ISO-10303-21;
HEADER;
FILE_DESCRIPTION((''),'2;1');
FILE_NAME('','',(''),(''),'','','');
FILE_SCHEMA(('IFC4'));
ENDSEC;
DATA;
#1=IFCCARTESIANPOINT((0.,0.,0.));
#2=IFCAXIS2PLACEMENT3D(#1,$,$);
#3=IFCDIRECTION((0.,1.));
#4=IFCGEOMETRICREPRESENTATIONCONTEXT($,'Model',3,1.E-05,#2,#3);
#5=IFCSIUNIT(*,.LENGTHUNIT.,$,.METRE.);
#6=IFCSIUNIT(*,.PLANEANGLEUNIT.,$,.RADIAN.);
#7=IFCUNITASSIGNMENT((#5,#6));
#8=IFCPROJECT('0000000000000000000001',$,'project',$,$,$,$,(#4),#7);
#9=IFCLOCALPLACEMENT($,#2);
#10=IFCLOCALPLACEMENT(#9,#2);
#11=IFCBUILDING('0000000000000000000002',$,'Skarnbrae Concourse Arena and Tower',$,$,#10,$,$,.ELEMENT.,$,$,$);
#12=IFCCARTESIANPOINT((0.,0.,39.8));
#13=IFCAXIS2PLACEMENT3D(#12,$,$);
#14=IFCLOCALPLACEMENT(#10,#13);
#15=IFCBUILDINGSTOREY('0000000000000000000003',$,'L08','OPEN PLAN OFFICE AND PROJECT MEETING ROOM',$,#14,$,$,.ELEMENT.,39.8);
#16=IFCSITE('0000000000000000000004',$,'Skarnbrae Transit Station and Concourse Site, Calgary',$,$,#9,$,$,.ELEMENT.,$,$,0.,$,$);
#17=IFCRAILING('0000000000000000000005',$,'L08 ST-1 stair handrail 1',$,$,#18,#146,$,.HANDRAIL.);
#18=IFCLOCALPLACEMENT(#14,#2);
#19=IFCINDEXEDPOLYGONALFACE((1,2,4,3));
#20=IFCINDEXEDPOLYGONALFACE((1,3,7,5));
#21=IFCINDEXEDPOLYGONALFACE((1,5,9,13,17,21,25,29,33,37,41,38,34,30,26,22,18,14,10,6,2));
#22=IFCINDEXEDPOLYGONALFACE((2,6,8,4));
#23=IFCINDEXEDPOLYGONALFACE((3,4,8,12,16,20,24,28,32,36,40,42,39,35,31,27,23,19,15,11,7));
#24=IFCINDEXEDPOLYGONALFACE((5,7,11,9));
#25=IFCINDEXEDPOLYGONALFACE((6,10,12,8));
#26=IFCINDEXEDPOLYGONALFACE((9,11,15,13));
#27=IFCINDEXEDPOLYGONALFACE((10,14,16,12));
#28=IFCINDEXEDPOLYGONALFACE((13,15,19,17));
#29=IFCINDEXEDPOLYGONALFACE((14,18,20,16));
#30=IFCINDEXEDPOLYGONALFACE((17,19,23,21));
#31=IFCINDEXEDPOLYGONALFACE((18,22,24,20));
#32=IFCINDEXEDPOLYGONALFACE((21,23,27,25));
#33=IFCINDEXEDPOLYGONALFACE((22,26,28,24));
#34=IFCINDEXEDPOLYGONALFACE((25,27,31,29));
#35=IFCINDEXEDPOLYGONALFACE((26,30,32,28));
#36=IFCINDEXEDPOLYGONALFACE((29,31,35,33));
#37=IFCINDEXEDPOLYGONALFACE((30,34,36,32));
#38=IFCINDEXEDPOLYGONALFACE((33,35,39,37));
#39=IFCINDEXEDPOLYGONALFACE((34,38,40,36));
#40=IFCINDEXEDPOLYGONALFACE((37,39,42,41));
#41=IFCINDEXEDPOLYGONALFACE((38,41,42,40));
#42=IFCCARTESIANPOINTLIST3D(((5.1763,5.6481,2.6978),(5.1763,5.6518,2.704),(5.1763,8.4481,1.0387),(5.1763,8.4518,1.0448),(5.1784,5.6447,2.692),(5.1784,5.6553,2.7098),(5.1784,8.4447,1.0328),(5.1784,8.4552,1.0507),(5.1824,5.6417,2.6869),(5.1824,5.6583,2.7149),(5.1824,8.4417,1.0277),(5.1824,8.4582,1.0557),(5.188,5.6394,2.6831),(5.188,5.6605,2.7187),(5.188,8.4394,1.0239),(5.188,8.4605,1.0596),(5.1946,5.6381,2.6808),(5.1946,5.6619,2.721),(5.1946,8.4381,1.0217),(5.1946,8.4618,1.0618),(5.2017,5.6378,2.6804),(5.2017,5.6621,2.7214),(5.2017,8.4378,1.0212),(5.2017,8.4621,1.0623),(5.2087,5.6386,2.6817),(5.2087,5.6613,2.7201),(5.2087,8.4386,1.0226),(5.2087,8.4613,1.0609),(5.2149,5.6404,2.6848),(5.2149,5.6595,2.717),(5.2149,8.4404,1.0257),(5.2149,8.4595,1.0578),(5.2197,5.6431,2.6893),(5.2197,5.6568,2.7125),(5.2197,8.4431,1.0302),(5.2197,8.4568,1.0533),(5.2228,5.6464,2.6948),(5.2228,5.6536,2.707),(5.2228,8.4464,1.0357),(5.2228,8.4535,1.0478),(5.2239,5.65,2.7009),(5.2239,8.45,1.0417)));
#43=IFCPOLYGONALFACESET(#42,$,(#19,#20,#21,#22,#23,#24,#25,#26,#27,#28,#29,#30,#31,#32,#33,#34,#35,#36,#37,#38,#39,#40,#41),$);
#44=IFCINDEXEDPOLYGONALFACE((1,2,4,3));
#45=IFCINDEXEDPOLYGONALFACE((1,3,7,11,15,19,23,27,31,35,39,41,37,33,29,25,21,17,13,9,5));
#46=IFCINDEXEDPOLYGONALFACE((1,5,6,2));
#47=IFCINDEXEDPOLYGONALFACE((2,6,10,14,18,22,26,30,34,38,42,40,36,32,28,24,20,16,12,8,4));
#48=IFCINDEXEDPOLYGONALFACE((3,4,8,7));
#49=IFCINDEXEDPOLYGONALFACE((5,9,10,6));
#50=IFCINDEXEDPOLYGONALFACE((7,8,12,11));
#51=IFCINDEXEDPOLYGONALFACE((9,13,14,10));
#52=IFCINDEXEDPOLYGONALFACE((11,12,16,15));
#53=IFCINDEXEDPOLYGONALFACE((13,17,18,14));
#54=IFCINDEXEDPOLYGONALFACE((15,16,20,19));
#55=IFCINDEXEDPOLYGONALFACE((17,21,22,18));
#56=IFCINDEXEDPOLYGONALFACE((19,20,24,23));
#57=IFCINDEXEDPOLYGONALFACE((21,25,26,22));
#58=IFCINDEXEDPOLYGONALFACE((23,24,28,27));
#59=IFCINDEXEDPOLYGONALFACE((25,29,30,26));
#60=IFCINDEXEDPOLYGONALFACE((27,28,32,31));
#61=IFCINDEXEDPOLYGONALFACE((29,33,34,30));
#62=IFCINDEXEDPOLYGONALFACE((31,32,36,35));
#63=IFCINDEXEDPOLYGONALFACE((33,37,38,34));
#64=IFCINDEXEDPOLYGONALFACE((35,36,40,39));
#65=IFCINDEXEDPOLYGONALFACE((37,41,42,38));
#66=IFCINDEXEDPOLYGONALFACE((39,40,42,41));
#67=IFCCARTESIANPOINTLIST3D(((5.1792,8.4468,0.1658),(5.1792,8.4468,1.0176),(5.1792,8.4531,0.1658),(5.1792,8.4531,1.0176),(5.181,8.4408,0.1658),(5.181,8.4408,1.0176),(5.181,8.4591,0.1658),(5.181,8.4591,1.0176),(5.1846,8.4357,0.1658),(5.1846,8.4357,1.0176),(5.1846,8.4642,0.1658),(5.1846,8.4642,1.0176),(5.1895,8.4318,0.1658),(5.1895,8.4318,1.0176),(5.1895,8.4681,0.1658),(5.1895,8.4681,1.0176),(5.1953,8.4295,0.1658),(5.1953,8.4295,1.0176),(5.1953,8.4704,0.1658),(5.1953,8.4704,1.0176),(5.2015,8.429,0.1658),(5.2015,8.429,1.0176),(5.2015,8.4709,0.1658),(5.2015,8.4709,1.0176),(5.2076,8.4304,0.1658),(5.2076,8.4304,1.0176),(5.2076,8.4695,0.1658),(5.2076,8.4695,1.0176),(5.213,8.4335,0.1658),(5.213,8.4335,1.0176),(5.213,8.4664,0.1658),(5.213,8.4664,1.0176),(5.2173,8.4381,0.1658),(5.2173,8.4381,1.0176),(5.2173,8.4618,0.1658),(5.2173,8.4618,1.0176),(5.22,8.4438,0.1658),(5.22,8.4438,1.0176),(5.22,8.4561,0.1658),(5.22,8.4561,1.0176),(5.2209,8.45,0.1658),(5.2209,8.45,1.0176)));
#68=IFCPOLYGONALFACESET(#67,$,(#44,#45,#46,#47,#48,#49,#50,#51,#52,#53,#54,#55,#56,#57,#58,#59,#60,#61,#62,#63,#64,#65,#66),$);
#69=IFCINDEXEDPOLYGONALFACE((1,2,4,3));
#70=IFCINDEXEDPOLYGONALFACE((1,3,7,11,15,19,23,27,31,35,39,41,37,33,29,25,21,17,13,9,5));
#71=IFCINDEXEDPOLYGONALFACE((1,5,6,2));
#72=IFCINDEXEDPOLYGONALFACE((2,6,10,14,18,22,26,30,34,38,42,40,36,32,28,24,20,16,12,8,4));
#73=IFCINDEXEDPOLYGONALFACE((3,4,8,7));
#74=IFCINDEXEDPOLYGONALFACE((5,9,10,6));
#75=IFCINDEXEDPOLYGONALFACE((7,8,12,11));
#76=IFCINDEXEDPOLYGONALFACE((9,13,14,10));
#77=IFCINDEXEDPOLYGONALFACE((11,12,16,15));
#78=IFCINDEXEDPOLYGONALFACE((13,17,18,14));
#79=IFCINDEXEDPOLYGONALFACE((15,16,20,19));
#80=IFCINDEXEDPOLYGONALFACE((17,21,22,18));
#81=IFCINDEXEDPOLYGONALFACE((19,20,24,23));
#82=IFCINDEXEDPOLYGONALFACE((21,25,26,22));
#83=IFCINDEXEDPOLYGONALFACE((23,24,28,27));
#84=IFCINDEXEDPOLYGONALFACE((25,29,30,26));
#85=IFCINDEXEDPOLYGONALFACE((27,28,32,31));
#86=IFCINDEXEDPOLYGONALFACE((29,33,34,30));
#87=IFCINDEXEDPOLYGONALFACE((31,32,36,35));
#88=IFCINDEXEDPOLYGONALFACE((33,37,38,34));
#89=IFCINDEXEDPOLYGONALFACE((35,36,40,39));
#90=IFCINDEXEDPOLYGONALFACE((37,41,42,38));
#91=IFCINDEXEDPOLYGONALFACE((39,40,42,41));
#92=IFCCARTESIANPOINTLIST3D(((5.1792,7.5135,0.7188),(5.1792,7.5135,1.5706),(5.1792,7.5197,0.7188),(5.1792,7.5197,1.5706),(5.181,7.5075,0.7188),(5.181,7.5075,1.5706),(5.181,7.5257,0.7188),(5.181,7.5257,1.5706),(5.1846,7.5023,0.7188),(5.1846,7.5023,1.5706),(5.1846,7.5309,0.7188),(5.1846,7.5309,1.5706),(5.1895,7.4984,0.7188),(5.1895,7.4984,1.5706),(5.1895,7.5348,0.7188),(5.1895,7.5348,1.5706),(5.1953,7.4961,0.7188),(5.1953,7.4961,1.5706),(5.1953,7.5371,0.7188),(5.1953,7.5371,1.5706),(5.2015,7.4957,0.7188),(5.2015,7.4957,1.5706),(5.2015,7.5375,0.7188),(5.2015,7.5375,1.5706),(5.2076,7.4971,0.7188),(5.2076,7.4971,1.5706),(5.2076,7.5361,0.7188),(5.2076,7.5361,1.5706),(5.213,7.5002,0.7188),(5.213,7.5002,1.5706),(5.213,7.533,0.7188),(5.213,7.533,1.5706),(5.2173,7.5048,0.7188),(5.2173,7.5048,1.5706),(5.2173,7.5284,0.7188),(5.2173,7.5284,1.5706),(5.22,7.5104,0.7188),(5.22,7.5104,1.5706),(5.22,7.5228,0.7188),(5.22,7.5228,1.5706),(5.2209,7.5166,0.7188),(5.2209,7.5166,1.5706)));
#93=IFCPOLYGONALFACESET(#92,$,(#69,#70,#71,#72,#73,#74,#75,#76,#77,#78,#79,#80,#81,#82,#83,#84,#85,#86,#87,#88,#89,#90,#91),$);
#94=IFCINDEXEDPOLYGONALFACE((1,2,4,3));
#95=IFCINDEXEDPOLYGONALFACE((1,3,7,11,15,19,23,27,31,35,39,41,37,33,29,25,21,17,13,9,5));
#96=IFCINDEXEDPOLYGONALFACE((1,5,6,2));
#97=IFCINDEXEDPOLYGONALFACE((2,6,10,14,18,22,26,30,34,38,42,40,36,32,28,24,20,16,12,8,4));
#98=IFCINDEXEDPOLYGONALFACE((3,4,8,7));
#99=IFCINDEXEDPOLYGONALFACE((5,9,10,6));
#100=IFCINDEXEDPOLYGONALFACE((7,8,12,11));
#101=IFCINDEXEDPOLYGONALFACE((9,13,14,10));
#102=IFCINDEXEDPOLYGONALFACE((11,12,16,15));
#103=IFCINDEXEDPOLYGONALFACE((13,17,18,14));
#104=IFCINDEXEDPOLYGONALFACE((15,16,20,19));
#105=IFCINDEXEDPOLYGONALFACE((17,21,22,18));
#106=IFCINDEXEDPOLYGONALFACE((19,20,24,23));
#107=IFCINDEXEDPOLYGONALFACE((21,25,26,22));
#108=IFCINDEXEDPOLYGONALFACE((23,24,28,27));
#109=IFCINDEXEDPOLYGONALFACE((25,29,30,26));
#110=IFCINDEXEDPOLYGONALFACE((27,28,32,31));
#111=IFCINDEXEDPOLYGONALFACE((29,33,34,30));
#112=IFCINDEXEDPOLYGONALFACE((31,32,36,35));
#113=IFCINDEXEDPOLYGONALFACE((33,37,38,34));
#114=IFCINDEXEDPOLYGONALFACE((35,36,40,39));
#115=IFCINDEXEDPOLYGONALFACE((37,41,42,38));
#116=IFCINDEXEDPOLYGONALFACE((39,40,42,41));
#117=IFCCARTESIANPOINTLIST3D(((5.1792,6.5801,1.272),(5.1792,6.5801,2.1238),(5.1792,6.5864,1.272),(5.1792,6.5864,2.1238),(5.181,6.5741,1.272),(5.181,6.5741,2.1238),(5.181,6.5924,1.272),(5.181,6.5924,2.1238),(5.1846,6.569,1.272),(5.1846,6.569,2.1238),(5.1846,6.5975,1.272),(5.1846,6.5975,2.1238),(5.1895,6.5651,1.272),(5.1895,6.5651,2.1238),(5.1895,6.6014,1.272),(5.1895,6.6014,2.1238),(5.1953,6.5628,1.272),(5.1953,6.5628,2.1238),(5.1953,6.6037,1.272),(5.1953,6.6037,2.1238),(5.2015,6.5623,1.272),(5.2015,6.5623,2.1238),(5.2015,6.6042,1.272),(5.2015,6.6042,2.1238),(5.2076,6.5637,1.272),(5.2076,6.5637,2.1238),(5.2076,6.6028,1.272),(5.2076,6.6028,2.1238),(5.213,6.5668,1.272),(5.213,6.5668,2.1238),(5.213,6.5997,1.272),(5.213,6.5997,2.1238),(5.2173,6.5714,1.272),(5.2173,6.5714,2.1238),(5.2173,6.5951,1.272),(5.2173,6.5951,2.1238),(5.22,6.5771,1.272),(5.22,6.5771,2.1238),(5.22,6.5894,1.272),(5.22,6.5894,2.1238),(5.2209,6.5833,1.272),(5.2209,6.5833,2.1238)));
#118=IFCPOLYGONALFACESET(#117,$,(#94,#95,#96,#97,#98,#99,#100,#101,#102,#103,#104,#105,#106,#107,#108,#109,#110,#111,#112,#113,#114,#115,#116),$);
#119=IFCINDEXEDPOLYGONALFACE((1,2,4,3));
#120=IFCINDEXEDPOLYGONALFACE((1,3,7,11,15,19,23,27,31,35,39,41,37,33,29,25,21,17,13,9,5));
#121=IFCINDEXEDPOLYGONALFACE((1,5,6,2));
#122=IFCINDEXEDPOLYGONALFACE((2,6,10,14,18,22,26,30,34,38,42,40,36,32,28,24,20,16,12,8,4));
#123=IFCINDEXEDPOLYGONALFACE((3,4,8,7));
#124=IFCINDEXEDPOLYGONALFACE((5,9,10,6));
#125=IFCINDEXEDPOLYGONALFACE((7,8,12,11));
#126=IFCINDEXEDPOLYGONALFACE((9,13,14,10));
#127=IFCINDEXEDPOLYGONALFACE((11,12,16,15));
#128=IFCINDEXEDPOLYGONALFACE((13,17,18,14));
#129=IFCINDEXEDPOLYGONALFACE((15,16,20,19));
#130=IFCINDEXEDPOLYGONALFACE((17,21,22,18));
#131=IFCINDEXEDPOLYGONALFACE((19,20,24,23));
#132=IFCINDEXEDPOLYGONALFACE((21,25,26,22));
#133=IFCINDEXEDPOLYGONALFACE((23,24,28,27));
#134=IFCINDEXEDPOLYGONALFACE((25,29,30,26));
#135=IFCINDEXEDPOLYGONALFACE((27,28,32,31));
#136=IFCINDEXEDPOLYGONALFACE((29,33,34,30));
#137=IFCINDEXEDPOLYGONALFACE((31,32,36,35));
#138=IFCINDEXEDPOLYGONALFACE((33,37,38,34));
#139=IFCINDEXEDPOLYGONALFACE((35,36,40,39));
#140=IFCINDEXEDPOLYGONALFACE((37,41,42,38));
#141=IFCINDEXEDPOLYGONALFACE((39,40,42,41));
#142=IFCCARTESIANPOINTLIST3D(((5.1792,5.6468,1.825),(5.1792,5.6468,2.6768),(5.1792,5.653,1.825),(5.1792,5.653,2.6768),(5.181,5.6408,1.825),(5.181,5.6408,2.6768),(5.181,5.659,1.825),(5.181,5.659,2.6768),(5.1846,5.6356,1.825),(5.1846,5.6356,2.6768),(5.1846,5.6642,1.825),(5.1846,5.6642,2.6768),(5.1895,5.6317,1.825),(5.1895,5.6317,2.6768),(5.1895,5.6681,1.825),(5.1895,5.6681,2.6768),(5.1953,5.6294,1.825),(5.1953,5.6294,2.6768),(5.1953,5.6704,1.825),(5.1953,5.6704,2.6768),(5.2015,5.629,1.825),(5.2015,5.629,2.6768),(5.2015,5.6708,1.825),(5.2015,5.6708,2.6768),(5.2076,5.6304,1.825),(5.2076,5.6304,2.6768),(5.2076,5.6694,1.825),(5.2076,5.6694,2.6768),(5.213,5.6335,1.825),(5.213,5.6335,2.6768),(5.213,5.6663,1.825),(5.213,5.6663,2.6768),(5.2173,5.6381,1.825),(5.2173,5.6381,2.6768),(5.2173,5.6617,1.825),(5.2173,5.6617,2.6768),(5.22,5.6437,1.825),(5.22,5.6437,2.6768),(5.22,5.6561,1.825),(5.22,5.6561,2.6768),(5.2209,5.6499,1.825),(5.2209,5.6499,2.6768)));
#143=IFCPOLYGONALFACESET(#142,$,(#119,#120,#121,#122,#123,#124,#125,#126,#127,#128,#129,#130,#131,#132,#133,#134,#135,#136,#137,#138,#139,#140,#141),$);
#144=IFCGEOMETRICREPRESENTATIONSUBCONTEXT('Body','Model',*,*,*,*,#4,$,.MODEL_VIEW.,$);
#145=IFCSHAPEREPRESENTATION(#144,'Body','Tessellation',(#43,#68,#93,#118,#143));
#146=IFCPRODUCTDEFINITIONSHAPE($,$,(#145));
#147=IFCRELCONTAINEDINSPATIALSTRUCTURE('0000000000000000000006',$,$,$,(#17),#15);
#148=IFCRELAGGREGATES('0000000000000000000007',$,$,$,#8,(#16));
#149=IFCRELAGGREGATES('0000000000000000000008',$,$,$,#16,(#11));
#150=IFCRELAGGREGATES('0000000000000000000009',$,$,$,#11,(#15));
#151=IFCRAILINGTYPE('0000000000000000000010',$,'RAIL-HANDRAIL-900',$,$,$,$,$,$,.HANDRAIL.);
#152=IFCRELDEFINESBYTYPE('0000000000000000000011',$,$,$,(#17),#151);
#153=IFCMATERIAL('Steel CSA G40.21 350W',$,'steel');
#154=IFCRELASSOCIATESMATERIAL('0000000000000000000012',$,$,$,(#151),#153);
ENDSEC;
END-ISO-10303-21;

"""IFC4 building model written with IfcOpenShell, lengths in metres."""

from ifc_helpers import new_model, si_unit, direction, frame, origin, origin_2d, place, context, subcontext, project, spatial, circle, extrude, material, type_object, element, save


model = new_model("IFC4")

# Units and contexts
model_context = context("Model", 3, precision=1e-05, world=origin(), true_north=direction((0.0, 1.0)))
body_context = subcontext(model_context, "Body", "Model", "MODEL_VIEW")
ifc_project = project(units=[si_unit("LENGTHUNIT", "METRE"), si_unit("PLANEANGLEUNIT", "RADIAN")], contexts=[model_context])

# Site, building, storey
site_placement = place(None, origin())
site = spatial("IfcSite", under=ifc_project, at=site_placement, Name="Skarnbrae Transit Station and Concourse Site, Calgary", CompositionType="ELEMENT", RefElevation=0.0)
building_placement = place(site_placement, origin())
building = spatial("IfcBuilding", under=site, at=building_placement, Name="Skarnbrae Concourse Arena and Tower", CompositionType="ELEMENT")
storey_placement = place(building_placement, frame((0.0, 0.0, 39.8)))
storey = spatial("IfcBuildingStorey", under=building, at=storey_placement, Name="L08", Description="OPEN PLAN OFFICE AND PROJECT MEETING ROOM", CompositionType="ELEMENT", Elevation=39.8)

# Shared definitions
ifc_material_1 = material(Name="Steel CSA G40.21 350W", Category="steel")

# Railing
railing_type_1 = type_object("IfcRailingType", Name="RAIL-HANDRAIL-900", PredefinedType="HANDRAIL", material=ifc_material_1)
railing_1_placement = place(storey_placement, frame((5.2, 8.45, 0.1658)))
element("IfcRailing", 1, at=railing_1_placement, inside=storey, type_object=railing_type_1, Name="L08 ST-1 stair handrail 1", PredefinedType="HANDRAIL", context=body_context, shape_type="SweptSolid", body=[
    extrude(circle(Radius=0.0239, at=origin_2d()), frame((0.0, 0.0, 0.876), z_axis=(0.0, -0.860306, 0.509778), x_axis=(1.0, 0.0, 0.0)), (0.0, 0.0, 1.0), 3.2546),
    extrude(circle(Radius=0.021, at=origin_2d()), origin(), (0.0, 0.0, 1.0), 0.8518),
    extrude(circle(Radius=0.021, at=origin_2d()), frame((0.0, -0.9333, 0.553)), (0.0, 0.0, 1.0), 0.8518),
    extrude(circle(Radius=0.021, at=origin_2d()), frame((0.0, -1.8667, 1.1062)), (0.0, 0.0, 1.0), 0.8518),
    extrude(circle(Radius=0.021, at=origin_2d()), frame((0.0, -2.8, 1.6592)), (0.0, 0.0, 1.0), 0.8518),
])

save(model, "model.ifc")
